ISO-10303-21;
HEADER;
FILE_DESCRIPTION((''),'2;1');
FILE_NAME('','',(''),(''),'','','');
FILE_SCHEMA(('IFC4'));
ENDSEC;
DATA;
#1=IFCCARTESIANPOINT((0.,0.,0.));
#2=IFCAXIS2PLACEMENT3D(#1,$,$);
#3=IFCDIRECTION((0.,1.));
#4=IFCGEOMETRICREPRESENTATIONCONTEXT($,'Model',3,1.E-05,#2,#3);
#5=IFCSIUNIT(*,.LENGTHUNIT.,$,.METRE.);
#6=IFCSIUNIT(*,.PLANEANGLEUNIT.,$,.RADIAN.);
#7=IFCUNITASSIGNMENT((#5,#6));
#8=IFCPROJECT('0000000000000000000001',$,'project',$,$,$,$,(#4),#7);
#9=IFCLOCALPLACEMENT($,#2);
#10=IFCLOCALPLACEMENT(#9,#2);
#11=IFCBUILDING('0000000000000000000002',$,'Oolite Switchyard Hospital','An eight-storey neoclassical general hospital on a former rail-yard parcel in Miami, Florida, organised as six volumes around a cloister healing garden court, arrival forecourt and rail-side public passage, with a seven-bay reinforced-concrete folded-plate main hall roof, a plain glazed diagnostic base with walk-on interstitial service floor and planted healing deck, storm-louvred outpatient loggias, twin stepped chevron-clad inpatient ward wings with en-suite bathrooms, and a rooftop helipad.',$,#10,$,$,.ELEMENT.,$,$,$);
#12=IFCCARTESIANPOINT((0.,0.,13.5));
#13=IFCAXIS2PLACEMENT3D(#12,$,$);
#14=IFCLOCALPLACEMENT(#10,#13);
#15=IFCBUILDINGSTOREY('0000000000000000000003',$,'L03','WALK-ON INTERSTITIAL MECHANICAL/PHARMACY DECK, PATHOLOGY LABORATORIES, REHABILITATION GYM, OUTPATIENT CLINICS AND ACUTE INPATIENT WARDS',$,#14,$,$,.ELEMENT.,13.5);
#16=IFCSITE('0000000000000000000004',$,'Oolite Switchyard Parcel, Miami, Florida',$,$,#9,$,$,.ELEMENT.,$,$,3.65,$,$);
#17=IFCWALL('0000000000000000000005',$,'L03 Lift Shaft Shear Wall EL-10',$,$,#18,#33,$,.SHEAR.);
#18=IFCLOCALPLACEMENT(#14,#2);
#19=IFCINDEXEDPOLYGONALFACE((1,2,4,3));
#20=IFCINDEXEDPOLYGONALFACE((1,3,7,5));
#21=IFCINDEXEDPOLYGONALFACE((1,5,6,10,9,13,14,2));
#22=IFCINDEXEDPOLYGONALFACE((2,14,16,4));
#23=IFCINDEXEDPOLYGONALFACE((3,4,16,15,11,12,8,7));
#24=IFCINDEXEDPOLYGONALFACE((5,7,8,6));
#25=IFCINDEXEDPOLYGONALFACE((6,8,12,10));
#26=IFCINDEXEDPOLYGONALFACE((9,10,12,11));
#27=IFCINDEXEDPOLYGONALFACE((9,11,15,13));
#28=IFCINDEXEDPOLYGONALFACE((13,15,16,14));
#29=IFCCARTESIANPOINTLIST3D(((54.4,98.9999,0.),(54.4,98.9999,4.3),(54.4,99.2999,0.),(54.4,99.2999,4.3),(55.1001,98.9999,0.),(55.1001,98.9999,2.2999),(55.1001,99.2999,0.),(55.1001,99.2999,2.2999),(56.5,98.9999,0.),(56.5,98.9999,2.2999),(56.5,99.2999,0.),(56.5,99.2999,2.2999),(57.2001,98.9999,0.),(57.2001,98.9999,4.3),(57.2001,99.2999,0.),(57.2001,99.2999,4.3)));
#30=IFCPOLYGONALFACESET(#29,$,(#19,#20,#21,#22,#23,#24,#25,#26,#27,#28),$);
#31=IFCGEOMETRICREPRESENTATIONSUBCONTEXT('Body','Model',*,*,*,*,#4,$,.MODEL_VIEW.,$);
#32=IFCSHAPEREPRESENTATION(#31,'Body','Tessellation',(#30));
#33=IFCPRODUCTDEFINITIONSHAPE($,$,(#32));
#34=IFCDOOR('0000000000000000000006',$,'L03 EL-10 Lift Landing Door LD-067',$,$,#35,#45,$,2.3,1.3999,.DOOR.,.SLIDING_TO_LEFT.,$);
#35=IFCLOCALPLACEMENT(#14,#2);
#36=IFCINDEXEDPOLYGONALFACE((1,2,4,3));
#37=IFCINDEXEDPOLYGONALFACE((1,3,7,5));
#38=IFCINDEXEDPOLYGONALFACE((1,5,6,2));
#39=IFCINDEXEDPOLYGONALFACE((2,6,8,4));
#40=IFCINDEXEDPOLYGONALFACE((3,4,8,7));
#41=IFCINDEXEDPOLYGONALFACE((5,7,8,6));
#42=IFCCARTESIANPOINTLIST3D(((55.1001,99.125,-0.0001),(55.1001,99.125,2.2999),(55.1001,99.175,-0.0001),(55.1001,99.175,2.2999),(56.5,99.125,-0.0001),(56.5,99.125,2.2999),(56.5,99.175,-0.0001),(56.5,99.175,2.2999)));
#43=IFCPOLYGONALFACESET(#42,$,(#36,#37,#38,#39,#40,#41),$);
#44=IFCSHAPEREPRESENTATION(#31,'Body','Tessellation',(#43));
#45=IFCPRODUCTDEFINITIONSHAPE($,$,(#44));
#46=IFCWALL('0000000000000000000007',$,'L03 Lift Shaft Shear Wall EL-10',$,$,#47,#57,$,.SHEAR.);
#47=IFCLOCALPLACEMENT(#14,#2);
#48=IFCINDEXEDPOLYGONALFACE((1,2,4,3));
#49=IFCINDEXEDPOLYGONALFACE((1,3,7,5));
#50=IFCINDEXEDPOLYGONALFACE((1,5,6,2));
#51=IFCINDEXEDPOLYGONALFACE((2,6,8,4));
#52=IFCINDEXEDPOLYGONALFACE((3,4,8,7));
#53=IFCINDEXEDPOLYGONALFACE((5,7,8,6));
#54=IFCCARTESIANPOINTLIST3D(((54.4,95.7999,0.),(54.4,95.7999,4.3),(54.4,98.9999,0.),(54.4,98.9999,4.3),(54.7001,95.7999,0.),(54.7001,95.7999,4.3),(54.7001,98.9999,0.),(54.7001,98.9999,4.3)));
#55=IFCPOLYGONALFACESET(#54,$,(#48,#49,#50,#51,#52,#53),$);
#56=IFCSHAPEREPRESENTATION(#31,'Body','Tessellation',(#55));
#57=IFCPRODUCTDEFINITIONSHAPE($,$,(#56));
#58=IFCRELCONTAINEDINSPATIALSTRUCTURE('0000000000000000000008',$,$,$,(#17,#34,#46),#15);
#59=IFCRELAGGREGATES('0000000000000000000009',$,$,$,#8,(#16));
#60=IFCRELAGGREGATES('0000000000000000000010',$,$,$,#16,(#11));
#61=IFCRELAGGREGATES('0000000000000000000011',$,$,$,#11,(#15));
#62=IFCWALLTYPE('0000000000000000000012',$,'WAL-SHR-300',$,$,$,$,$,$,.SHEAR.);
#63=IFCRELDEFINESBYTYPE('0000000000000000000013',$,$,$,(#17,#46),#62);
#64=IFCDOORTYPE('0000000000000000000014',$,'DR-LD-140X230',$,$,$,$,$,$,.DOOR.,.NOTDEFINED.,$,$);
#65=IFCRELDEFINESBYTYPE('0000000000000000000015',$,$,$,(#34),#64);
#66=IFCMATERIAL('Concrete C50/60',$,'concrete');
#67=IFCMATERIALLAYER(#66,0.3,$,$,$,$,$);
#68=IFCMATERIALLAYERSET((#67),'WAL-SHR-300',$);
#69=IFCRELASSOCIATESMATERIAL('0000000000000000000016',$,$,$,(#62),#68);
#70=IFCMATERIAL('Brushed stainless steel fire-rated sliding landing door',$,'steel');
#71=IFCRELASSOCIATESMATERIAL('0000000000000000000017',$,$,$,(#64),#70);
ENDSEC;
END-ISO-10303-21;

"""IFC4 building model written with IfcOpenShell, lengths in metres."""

from ifc_helpers import new_model, si_unit, direction, frame, frame_2d, origin, place, context, subcontext, project, spatial, rectangle, extrude, material, layer, layer_set, type_object, element, fill, save


model = new_model("IFC4")

# Units and contexts
model_context = context("Model", 3, precision=1e-05, world=origin(), true_north=direction((0.0, 1.0)))
body_context = subcontext(model_context, "Body", "Model", "MODEL_VIEW")
ifc_project = project(units=[si_unit("LENGTHUNIT", "METRE"), si_unit("PLANEANGLEUNIT", "RADIAN")], contexts=[model_context])

# Site, building, storey
site_placement = place(None, origin())
site = spatial("IfcSite", under=ifc_project, at=site_placement, Name="Oolite Switchyard Parcel, Miami, Florida", CompositionType="ELEMENT", RefElevation=3.65)
building_placement = place(site_placement, origin())
building = spatial("IfcBuilding", under=site, at=building_placement, Name="Oolite Switchyard Hospital", Description="An eight-storey neoclassical general hospital on a former rail-yard parcel in Miami, Florida, organised as six volumes around a cloister healing garden court, arrival forecourt and rail-side public passage, with a seven-bay reinforced-concrete folded-plate main hall roof, a plain glazed diagnostic base with walk-on interstitial service floor and planted healing deck, storm-louvred outpatient loggias, twin stepped chevron-clad inpatient ward wings with en-suite bathrooms, and a rooftop helipad.", CompositionType="ELEMENT")
storey_placement = place(building_placement, frame((0.0, 0.0, 13.5)))
storey = spatial("IfcBuildingStorey", under=building, at=storey_placement, Name="L03", Description="WALK-ON INTERSTITIAL MECHANICAL/PHARMACY DECK, PATHOLOGY LABORATORIES, REHABILITATION GYM, OUTPATIENT CLINICS AND ACUTE INPATIENT WARDS", CompositionType="ELEMENT", Elevation=13.5)

# Shared definitions
ifc_material_1 = material(Name="Concrete C50/60", Category="concrete")

# Shared definitions
ifc_layer_1 = layer(ifc_material_1, 0.3)
ifc_layer_set_1 = layer_set([ifc_layer_1], Name="WAL-SHR-300")
wall_type_1 = type_object("IfcWallType", Name="WAL-SHR-300", PredefinedType="SHEAR", material=ifc_layer_set_1)

# Shared definitions
ifc_material_2 = material(Name="Brushed stainless steel fire-rated sliding landing door", Category="steel")

# Wall, opening, door
wall_1_placement = place(storey_placement, frame((57.2, 99.1499, 0.0), z_axis=(0.0, 0.0, 1.0), x_axis=(-1.0, 0.0, 0.0)))
wall_1 = element("IfcWall", 1, at=wall_1_placement, inside=storey, type_object=wall_type_1, Name="L03 Lift Shaft Shear Wall EL-10", PredefinedType="SHEAR", context=body_context, shape_type="SweptSolid", body=[
    extrude(rectangle(XDim=2.8, YDim=0.3, at=frame_2d((1.3999, 0.0))), origin(), (0.0, 0.0, 1.0), 4.3),
])
opening_1_placement = place(wall_1_placement, frame((0.7, 0.0, 0.0)))
opening_1 = element("IfcOpeningElement", 2, at=opening_1_placement, cuts=wall_1, PredefinedType="OPENING", context=body_context, shape_type="SweptSolid", body=[
    extrude(rectangle(XDim=1.3999, YDim=2.3, at=frame_2d((0.7, 1.1499))), frame((0.0, 0.1602, 0.0), z_axis=(0.0, -1.0, 0.0), x_axis=(1.0, 0.0, 0.0)), (0.0, 0.0, 1.0), 0.3201),
])
door_type_1 = type_object("IfcDoorType", Name="DR-LD-140X230", OperationType="NOTDEFINED", PredefinedType="DOOR", material=ifc_material_2)
door_1_placement = place(opening_1_placement, origin())
door_1 = element("IfcDoor", 3, at=door_1_placement, inside=storey, type_object=door_type_1, Name="L03 EL-10 Lift Landing Door LD-067", OperationType="SLIDING_TO_LEFT", OverallHeight=2.3, OverallWidth=1.3999, PredefinedType="DOOR", context=body_context, shape_type="SweptSolid", body=[
    extrude(rectangle(XDim=1.3999, YDim=2.3, at=frame_2d((0.7, 1.1499))), frame((0.0, 0.0249, 0.0), z_axis=(0.0, -1.0, 0.0), x_axis=(1.0, 0.0, 0.0)), (0.0, 0.0, 1.0), 0.05),
])
fill(opening_1, door_1)

# Wall
wall_2_placement = place(storey_placement, frame((54.55, 99.0, 0.0), z_axis=(0.0, 0.0, 1.0), x_axis=(0.0, -1.0, 0.0)))
element("IfcWall", 4, at=wall_2_placement, inside=storey, type_object=wall_type_1, Name="L03 Lift Shaft Shear Wall EL-10", PredefinedType="SHEAR", context=body_context, shape_type="SweptSolid", body=[
    extrude(rectangle(XDim=3.2, YDim=0.3, at=frame_2d((1.6001, 0.0))), origin(), (0.0, 0.0, 1.0), 4.3),
])

save(model, "model.ifc")
